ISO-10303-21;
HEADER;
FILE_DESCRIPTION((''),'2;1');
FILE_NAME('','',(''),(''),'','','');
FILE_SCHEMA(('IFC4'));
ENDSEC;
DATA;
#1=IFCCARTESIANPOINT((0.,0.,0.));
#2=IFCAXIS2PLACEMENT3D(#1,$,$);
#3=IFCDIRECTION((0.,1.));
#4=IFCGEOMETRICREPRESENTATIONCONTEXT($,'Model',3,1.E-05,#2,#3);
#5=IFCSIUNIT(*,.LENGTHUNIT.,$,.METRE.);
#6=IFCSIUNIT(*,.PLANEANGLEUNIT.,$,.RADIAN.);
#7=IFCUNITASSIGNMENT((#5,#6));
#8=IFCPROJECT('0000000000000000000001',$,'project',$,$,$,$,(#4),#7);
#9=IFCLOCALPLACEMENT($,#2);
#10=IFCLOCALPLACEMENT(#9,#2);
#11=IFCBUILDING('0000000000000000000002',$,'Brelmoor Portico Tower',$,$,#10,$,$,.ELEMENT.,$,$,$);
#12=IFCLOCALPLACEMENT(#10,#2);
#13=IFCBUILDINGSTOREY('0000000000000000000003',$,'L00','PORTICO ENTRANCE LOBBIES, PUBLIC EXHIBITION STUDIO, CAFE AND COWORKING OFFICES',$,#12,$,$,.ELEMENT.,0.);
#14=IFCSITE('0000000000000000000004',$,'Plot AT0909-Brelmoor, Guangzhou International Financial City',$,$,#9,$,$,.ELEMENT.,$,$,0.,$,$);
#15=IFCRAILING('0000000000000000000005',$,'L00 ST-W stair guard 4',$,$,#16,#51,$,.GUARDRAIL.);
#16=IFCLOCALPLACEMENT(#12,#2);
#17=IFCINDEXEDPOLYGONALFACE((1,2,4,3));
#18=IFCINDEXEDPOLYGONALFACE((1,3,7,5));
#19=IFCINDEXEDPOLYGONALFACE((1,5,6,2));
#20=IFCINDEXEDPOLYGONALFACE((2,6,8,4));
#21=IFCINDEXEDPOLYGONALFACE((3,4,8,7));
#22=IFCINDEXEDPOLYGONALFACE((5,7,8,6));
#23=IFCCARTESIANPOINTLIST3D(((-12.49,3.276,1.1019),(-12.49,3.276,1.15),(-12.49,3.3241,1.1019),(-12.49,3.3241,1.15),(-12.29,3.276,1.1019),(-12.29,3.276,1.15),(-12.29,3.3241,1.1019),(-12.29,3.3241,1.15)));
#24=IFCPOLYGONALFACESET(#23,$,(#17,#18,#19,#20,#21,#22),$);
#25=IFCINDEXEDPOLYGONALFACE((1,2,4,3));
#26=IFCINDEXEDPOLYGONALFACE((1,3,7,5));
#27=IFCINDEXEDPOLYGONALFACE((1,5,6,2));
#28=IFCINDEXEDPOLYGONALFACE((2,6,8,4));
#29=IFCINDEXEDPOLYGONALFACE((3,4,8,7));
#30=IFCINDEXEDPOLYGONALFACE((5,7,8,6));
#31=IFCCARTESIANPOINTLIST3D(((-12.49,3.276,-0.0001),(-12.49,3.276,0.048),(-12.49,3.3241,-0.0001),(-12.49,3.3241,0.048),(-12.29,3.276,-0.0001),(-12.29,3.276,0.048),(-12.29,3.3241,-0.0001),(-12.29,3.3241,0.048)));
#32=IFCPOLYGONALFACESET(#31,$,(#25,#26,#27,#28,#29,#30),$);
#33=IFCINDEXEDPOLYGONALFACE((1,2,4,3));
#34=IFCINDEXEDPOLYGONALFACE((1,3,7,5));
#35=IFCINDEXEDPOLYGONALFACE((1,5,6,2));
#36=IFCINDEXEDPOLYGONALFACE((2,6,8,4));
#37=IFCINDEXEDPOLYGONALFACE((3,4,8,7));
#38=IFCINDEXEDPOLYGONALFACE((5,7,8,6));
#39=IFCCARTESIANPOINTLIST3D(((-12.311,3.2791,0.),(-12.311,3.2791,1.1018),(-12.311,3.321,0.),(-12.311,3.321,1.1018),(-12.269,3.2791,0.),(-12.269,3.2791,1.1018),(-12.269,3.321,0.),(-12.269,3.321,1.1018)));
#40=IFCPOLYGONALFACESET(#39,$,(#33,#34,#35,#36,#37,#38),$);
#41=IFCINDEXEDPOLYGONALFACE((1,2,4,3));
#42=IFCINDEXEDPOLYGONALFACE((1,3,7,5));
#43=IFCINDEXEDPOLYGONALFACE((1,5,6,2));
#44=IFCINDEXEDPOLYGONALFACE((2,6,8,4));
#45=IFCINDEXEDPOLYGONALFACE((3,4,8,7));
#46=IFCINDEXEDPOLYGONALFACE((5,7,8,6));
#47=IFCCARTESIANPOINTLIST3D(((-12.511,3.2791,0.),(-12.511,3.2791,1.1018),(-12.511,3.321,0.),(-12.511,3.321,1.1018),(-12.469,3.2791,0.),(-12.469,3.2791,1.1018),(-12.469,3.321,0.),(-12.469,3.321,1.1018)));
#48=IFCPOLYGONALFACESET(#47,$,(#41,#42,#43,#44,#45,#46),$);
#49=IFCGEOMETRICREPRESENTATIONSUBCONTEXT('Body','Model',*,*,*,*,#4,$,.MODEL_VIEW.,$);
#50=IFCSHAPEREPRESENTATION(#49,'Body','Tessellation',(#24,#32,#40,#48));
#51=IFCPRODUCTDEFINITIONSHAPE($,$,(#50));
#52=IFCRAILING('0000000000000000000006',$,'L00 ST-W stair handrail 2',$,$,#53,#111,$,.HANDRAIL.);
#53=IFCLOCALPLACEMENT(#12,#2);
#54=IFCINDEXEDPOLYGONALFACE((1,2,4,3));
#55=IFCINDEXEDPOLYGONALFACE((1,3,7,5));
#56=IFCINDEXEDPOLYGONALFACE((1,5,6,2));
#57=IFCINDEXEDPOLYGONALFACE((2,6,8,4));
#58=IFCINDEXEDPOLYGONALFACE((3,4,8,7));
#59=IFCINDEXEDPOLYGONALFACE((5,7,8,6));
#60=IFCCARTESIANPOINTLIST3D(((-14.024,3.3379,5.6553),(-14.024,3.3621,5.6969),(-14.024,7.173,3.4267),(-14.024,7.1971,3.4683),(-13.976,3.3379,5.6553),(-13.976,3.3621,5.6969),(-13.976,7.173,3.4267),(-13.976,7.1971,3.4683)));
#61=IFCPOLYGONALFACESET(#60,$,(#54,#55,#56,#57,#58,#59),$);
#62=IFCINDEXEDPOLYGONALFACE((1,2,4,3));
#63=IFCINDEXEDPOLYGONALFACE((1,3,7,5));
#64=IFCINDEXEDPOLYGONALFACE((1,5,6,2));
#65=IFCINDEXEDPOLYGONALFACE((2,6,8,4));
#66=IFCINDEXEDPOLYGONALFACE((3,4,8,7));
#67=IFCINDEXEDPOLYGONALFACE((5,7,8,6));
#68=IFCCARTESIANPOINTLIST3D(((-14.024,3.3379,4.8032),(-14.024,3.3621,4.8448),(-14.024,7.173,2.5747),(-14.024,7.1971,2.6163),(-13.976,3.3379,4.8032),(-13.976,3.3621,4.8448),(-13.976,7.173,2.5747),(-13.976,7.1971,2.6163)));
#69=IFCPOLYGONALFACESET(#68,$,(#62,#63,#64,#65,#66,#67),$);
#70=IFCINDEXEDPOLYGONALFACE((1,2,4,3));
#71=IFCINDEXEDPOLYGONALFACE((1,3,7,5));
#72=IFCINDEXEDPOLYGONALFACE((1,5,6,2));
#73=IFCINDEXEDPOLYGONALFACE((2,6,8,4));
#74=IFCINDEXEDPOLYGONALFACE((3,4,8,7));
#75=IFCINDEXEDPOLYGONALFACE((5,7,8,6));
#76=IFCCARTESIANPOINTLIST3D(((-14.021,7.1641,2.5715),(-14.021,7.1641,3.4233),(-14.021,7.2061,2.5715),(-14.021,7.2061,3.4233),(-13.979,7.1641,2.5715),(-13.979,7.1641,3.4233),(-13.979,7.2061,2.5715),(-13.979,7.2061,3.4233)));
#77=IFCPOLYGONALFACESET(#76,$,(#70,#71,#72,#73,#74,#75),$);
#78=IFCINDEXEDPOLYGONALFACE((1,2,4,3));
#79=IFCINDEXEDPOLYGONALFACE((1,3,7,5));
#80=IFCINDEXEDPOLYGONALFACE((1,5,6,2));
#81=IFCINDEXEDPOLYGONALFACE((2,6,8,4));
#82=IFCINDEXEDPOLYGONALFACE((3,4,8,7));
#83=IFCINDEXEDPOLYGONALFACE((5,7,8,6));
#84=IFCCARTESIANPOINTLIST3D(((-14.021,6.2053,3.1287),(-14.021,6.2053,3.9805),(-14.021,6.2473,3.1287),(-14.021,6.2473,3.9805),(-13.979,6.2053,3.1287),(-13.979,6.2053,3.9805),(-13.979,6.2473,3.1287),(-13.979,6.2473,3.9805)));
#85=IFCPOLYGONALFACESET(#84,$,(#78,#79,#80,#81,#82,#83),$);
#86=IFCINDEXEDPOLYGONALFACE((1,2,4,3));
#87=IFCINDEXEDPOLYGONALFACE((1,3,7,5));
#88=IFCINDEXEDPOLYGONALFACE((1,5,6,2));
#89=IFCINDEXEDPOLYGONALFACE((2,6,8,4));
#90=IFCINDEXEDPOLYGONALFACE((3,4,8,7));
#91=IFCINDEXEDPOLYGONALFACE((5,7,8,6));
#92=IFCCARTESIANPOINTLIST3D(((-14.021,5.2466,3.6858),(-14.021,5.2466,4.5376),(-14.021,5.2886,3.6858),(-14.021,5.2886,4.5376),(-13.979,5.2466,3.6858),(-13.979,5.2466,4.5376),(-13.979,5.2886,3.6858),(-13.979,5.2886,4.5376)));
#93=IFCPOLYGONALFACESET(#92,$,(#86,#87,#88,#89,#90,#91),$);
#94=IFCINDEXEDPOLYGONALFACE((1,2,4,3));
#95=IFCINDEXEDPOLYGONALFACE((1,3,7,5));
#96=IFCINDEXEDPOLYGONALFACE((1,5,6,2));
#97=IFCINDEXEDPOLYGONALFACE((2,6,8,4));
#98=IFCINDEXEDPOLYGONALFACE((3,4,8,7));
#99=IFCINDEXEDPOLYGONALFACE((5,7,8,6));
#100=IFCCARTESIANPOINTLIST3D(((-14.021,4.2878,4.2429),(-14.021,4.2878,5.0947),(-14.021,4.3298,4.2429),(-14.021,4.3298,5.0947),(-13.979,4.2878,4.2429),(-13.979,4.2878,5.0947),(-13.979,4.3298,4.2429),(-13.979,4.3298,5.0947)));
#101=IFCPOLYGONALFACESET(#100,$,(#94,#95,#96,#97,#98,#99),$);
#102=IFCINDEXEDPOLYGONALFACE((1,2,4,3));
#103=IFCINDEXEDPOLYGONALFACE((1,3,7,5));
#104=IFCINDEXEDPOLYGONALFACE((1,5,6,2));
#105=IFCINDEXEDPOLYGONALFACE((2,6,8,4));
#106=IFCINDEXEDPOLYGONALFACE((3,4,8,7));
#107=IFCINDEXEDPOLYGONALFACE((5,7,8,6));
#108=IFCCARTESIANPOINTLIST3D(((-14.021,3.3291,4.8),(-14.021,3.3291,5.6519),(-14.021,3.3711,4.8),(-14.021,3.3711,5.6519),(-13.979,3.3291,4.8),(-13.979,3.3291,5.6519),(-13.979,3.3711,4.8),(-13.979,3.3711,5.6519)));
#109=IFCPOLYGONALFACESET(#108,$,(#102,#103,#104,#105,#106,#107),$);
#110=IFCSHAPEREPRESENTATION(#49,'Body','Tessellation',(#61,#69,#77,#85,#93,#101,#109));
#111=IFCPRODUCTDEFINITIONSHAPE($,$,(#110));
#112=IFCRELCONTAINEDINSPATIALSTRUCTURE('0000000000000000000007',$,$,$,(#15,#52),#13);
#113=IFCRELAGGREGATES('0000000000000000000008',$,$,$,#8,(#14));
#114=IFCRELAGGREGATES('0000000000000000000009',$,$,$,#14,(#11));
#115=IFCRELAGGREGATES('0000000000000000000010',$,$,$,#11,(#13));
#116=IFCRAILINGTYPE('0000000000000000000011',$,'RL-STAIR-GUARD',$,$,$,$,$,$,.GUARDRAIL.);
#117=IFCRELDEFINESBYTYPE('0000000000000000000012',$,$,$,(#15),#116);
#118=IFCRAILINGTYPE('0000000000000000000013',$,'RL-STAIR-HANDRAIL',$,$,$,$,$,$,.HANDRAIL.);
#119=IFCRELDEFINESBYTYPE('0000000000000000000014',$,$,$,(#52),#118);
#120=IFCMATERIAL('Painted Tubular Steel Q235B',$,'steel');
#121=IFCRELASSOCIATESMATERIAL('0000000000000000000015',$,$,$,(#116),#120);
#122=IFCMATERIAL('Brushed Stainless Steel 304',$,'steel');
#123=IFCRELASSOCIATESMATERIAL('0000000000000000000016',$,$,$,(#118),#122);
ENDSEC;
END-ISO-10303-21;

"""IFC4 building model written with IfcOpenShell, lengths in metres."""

from ifc_helpers import new_model, si_unit, direction, frame, origin, origin_2d, place, context, subcontext, project, spatial, rectangle, extrude, material, type_object, element, save


model = new_model("IFC4")

# Units and contexts
model_context = context("Model", 3, precision=1e-05, world=origin(), true_north=direction((0.0, 1.0)))
body_context = subcontext(model_context, "Body", "Model", "MODEL_VIEW")
ifc_project = project(units=[si_unit("LENGTHUNIT", "METRE"), si_unit("PLANEANGLEUNIT", "RADIAN")], contexts=[model_context])

# Site, building, storey
site_placement = place(None, origin())
site = spatial("IfcSite", under=ifc_project, at=site_placement, Name="Plot AT0909-Brelmoor, Guangzhou International Financial City", CompositionType="ELEMENT", RefElevation=0.0)
building_placement = place(site_placement, origin())
building = spatial("IfcBuilding", under=site, at=building_placement, Name="Brelmoor Portico Tower", CompositionType="ELEMENT")
storey_placement = place(building_placement, origin())
storey = spatial("IfcBuildingStorey", under=building, at=storey_placement, Name="L00", Description="PORTICO ENTRANCE LOBBIES, PUBLIC EXHIBITION STUDIO, CAFE AND COWORKING OFFICES", CompositionType="ELEMENT", Elevation=0.0)

# Railings
ifc_material_1 = material(Name="Painted Tubular Steel Q235B", Category="steel")
railing_type_1 = type_object("IfcRailingType", Name="RL-STAIR-GUARD", PredefinedType="GUARDRAIL", material=ifc_material_1)
railing_1_placement = place(storey_placement, frame((-12.29, 3.3, 0.0)))
element("IfcRailing", 1, at=railing_1_placement, inside=storey, type_object=railing_type_1, Name="L00 ST-W stair guard 4", PredefinedType="GUARDRAIL", context=body_context, shape_type="SweptSolid", body=[
    extrude(rectangle(XDim=0.0481, YDim=0.0481, at=origin_2d()), frame((0.0, 0.0, 1.126), z_axis=(-1.0, 0.0, 0.0), x_axis=(0.0, -1.0, 0.0)), (0.0, 0.0, 1.0), 0.2),
    extrude(rectangle(XDim=0.0481, YDim=0.0481, at=origin_2d()), frame((0.0, 0.0, 0.0239), z_axis=(-1.0, 0.0, 0.0), x_axis=(0.0, -1.0, 0.0)), (0.0, 0.0, 1.0), 0.2),
    extrude(rectangle(XDim=0.042, YDim=0.042, at=origin_2d()), origin(), (0.0, 0.0, 1.0), 1.1018),
    extrude(rectangle(XDim=0.042, YDim=0.042, at=origin_2d()), frame((-0.2, 0.0, 0.0)), (0.0, 0.0, 1.0), 1.1018),
])
ifc_material_2 = material(Name="Brushed Stainless Steel 304", Category="steel")
railing_type_2 = type_object("IfcRailingType", Name="RL-STAIR-HANDRAIL", PredefinedType="HANDRAIL", material=ifc_material_2)
railing_2_placement = place(storey_placement, frame((-14.0, 7.1851, 2.5715)))
element("IfcRailing", 2, at=railing_2_placement, inside=storey, type_object=railing_type_2, Name="L00 ST-W stair handrail 2", PredefinedType="HANDRAIL", context=body_context, shape_type="SweptSolid", body=[
    extrude(rectangle(XDim=0.0481, YDim=0.0481, at=origin_2d()), frame((0.0, 0.0, 0.876), z_axis=(0.0, -0.864616, 0.502433), x_axis=(1.0, 0.0, 0.0)), (0.0, 0.0, 1.0), 4.4355),
    extrude(rectangle(XDim=0.0481, YDim=0.0481, at=origin_2d()), frame((0.0, 0.0, 0.0239), z_axis=(0.0, -0.864616, 0.502433), x_axis=(1.0, 0.0, 0.0)), (0.0, 0.0, 1.0), 4.4355),
    extrude(rectangle(XDim=0.042, YDim=0.042, at=origin_2d()), origin(), (0.0, 0.0, 1.0), 0.8518),
    extrude(rectangle(XDim=0.042, YDim=0.042, at=origin_2d()), frame((0.0, -0.9587, 0.5571)), (0.0, 0.0, 1.0), 0.8518),
    extrude(rectangle(XDim=0.042, YDim=0.042, at=origin_2d()), frame((0.0, -1.9175, 1.1143)), (0.0, 0.0, 1.0), 0.8518),
    extrude(rectangle(XDim=0.042, YDim=0.042, at=origin_2d()), frame((0.0, -2.8762, 1.6714)), (0.0, 0.0, 1.0), 0.8518),
    extrude(rectangle(XDim=0.042, YDim=0.042, at=origin_2d()), frame((0.0, -3.835, 2.2285)), (0.0, 0.0, 1.0), 0.8518),
])

save(model, "model.ifc")
